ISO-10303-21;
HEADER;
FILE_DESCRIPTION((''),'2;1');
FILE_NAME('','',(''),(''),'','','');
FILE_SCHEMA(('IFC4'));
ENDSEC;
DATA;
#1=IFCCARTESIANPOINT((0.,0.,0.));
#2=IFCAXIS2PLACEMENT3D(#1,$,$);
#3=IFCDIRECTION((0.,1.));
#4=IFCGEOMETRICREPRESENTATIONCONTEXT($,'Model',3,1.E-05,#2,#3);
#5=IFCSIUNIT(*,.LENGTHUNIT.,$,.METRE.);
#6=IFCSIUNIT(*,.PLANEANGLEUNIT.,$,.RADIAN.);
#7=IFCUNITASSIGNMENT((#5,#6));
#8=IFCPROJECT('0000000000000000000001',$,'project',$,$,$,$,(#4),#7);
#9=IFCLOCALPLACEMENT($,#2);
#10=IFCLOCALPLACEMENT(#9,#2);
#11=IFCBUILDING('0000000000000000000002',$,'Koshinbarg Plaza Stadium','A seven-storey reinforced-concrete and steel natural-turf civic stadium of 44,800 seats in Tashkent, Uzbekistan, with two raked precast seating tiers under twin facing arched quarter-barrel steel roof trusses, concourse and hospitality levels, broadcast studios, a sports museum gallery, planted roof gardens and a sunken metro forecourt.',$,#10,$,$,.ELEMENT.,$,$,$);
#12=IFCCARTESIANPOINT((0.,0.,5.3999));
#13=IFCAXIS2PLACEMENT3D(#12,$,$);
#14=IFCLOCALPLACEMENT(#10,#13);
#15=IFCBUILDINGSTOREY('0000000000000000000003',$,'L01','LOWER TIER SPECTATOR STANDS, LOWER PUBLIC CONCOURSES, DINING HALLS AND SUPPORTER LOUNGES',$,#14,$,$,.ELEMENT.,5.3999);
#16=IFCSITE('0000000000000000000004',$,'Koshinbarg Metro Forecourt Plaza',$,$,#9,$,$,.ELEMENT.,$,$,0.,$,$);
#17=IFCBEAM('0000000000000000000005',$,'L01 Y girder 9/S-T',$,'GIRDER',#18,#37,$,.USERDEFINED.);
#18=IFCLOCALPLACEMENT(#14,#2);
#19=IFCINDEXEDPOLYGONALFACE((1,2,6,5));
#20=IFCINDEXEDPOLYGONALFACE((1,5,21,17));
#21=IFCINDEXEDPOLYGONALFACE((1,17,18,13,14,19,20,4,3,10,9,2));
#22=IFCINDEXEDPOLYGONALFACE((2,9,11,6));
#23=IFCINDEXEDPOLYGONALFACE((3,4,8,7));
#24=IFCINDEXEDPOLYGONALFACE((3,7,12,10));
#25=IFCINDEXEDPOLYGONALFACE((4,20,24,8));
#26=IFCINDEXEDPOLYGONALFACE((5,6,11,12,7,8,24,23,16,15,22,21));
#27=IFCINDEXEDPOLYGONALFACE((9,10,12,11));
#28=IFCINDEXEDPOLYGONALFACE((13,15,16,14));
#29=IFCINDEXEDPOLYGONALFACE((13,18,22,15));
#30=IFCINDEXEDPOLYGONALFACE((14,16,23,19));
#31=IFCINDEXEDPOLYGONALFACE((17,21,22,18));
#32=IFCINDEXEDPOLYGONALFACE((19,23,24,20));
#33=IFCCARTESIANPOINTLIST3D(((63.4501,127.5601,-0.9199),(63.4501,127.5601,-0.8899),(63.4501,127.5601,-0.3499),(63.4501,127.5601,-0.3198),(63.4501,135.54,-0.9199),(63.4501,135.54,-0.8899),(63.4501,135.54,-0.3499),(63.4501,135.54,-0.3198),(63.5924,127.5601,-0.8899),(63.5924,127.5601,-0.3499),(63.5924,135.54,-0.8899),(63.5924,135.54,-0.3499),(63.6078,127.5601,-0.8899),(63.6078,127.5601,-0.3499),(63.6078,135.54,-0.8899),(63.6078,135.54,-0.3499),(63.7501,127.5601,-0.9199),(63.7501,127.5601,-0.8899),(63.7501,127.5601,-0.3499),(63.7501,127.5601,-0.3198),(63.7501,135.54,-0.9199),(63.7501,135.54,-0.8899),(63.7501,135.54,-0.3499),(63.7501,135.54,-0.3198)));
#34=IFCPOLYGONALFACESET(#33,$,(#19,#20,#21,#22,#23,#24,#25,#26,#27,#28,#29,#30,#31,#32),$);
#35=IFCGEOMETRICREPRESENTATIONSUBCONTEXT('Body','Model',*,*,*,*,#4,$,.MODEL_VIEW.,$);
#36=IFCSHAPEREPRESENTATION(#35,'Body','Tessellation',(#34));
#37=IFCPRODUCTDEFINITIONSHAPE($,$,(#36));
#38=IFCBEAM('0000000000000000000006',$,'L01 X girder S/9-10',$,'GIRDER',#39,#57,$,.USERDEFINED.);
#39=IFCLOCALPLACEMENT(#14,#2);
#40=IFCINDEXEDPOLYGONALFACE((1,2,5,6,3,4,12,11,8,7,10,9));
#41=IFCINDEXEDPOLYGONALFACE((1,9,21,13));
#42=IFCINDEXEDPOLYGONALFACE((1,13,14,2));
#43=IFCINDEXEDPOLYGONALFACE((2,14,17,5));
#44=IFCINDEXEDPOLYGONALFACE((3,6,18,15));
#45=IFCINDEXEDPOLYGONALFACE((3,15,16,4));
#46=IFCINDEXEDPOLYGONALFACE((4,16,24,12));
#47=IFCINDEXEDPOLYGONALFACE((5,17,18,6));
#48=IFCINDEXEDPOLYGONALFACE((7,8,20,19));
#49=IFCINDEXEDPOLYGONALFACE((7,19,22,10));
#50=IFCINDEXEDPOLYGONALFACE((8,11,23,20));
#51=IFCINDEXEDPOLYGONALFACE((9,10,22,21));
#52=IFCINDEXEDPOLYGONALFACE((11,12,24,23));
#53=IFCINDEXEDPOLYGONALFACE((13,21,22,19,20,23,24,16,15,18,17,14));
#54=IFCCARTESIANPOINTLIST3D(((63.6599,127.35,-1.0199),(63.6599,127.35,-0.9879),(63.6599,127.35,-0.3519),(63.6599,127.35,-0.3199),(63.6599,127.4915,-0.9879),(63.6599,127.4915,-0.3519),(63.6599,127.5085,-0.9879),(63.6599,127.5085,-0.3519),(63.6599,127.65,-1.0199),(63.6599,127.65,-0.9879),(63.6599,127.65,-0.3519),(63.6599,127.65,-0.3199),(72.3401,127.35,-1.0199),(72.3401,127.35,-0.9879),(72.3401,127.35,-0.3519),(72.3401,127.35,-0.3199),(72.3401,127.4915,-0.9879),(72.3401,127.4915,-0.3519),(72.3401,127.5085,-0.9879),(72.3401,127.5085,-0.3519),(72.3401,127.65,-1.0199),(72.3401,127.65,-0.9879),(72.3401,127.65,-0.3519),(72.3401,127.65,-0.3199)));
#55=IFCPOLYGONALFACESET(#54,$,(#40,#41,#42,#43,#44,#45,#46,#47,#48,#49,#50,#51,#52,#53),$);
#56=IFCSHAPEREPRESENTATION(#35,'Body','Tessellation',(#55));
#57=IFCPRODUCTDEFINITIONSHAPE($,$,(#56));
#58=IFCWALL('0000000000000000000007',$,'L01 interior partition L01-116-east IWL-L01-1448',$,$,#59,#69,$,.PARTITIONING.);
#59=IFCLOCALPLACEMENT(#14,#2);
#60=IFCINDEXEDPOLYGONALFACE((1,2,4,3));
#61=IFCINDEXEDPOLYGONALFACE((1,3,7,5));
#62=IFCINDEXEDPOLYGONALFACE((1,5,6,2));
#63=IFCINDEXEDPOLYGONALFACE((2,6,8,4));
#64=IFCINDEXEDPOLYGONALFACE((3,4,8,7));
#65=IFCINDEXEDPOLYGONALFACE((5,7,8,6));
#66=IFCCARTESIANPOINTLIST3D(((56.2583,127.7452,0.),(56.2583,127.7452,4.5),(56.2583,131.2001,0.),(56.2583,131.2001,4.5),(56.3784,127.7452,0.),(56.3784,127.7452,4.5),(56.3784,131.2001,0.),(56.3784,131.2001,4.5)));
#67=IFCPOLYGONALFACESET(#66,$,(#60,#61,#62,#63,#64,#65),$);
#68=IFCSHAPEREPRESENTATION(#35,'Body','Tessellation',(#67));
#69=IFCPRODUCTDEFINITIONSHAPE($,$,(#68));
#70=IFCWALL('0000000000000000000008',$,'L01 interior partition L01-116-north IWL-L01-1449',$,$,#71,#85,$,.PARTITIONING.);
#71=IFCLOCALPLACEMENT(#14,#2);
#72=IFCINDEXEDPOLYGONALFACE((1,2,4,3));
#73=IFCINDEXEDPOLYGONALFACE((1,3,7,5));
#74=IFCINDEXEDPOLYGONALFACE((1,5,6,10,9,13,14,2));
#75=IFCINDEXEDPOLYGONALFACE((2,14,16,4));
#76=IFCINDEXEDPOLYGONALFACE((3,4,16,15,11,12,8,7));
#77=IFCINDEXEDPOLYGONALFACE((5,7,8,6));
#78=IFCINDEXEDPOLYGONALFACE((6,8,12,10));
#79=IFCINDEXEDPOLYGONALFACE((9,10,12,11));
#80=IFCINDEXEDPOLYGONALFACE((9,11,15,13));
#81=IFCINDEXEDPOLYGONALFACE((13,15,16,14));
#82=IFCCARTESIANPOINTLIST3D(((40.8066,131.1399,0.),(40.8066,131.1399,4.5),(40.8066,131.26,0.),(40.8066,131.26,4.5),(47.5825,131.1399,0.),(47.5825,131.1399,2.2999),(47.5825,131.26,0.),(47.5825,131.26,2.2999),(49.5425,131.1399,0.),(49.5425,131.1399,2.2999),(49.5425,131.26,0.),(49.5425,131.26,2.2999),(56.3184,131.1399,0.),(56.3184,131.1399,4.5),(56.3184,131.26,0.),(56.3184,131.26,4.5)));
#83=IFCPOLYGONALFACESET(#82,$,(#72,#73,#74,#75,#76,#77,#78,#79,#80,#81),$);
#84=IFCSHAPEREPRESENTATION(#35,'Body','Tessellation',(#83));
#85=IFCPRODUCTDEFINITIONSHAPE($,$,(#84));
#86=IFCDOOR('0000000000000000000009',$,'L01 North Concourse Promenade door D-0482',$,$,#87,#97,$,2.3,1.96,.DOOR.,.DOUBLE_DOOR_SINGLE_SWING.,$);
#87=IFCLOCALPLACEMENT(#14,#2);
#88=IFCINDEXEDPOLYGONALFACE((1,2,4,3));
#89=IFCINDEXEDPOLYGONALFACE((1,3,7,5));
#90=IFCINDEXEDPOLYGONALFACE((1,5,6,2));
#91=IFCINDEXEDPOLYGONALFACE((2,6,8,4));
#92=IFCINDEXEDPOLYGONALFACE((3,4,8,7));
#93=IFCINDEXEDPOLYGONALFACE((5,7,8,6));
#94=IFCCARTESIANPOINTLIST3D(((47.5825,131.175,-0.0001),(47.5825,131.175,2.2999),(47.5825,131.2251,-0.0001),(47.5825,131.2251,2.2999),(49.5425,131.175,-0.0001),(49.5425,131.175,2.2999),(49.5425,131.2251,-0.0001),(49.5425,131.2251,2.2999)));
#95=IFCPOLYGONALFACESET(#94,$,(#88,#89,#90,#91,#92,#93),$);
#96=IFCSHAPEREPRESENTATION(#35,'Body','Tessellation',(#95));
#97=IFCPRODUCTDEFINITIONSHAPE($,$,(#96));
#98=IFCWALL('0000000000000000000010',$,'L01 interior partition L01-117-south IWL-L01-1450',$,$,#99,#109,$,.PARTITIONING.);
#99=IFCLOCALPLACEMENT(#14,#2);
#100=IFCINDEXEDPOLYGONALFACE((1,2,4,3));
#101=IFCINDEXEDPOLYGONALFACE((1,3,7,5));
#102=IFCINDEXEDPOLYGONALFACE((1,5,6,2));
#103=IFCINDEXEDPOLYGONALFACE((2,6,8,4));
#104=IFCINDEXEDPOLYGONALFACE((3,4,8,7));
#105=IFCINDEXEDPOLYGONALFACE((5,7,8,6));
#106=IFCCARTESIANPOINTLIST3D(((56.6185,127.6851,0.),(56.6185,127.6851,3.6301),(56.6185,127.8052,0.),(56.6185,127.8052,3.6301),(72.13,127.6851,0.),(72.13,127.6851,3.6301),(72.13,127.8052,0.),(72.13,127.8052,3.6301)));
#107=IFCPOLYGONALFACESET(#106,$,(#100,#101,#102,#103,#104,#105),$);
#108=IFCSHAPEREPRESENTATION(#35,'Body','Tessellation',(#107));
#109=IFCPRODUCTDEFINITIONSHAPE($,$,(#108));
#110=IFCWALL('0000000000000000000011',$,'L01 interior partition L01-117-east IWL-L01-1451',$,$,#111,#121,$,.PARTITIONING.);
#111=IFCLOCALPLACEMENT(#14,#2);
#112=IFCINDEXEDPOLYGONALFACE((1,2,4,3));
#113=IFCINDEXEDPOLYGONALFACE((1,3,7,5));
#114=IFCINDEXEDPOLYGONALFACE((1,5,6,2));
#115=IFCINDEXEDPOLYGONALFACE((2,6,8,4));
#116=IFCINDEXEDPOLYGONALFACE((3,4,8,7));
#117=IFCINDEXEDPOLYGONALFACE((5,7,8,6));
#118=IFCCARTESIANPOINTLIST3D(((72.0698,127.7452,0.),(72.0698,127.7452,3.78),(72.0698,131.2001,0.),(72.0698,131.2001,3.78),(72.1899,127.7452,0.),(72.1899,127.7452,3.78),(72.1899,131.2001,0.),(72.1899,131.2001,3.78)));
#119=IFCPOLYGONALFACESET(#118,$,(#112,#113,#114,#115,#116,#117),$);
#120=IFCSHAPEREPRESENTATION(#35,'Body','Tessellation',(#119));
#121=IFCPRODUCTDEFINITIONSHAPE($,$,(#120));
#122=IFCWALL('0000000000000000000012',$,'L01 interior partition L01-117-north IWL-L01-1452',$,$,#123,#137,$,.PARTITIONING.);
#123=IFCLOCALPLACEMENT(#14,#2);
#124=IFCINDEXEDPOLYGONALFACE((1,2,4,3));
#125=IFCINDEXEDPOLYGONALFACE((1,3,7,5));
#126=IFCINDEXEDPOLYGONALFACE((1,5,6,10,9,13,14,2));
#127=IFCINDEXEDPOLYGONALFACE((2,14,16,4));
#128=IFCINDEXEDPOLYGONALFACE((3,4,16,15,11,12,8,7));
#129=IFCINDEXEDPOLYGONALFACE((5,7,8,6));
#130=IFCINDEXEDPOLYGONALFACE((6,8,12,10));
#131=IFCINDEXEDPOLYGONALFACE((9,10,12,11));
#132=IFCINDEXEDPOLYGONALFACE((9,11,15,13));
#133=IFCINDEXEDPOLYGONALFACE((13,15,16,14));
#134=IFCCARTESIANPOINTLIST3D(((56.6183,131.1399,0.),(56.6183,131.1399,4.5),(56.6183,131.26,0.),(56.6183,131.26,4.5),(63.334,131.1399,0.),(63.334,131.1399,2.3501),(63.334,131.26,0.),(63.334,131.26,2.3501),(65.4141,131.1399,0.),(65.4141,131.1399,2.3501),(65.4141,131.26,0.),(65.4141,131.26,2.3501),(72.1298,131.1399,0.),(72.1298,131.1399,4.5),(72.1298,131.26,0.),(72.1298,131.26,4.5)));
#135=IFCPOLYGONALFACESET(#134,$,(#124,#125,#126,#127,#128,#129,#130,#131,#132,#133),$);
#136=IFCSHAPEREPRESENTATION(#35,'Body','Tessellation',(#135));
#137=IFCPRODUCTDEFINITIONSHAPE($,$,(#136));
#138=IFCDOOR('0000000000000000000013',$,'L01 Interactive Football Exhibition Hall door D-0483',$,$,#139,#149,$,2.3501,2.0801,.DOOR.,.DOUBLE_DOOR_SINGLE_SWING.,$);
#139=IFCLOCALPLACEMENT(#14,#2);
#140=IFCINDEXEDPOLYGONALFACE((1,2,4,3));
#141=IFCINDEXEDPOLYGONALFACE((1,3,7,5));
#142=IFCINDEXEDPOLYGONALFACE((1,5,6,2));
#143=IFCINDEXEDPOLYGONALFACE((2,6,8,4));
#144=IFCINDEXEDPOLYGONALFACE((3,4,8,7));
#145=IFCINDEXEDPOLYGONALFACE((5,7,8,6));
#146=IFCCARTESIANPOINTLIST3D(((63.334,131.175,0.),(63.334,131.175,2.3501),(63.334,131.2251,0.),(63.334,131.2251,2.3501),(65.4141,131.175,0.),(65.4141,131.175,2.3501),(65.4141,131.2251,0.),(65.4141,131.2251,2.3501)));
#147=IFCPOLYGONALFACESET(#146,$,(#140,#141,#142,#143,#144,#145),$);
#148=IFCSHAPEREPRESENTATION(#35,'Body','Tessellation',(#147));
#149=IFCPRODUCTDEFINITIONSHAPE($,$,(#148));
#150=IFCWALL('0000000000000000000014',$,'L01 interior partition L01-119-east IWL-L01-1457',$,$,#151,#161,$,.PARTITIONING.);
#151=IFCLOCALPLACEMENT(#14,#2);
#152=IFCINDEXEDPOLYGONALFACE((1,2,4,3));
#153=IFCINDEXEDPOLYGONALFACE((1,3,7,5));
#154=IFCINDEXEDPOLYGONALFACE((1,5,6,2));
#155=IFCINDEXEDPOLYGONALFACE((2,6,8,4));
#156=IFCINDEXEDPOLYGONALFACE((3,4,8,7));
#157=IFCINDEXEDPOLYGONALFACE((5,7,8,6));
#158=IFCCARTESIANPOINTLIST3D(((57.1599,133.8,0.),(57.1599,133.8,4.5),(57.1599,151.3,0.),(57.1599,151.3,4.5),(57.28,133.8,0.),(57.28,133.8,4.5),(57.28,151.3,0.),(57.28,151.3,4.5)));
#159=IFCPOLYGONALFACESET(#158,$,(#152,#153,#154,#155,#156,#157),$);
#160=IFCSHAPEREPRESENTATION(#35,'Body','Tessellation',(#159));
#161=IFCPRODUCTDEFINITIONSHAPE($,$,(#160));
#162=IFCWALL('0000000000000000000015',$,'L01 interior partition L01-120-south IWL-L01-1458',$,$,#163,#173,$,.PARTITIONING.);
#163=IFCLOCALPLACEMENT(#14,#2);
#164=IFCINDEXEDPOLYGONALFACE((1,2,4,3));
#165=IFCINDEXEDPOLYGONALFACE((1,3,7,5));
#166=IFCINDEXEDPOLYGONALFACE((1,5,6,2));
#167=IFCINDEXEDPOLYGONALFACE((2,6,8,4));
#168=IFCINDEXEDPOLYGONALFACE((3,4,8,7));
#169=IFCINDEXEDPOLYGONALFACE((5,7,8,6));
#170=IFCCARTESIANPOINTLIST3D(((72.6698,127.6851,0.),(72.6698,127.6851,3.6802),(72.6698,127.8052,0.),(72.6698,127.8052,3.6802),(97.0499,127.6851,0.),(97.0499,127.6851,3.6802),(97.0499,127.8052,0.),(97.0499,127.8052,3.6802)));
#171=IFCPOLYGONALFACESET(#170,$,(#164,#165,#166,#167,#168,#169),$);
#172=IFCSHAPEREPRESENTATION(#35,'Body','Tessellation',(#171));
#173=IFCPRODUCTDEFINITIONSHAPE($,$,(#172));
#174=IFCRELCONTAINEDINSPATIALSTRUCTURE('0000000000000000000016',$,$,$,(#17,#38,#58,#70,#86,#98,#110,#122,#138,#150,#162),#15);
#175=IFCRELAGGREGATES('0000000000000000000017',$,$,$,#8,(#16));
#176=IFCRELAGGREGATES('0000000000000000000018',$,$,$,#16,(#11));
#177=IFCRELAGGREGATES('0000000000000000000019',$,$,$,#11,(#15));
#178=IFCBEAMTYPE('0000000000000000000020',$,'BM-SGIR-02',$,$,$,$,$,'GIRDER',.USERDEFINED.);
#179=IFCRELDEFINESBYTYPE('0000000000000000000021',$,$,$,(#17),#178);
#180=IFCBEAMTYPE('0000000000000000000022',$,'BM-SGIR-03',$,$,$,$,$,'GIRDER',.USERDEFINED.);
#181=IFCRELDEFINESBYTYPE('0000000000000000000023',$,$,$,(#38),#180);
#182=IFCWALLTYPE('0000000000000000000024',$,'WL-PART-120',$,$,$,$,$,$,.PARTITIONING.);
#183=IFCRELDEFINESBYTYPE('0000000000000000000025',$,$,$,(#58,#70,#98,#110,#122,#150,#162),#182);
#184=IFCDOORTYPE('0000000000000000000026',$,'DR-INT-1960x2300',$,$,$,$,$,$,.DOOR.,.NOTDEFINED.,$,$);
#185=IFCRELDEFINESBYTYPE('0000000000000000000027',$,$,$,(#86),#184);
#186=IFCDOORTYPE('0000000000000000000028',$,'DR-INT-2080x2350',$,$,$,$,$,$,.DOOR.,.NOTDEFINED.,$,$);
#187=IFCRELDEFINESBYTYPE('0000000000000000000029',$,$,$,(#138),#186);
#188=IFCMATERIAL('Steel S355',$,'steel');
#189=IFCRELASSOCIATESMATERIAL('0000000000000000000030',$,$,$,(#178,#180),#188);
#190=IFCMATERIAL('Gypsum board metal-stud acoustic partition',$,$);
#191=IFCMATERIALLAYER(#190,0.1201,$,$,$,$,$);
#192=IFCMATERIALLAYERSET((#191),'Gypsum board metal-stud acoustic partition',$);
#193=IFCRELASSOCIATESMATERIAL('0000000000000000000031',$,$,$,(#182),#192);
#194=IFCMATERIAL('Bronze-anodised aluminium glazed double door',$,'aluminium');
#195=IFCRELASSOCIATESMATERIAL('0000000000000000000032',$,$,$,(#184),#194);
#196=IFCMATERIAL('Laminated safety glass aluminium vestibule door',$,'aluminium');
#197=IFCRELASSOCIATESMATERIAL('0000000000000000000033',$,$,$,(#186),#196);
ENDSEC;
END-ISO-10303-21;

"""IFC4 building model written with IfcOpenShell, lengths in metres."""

from ifc_helpers import new_model, si_unit, direction, frame, frame_2d, origin, origin_2d, place, context, subcontext, project, spatial, rectangle, i_section, extrude, material, layer, layer_set, material_profile, profile_set, type_object, element, fill, save


model = new_model("IFC4")

# Units and contexts
model_context = context("Model", 3, precision=1e-05, world=origin(), true_north=direction((0.0, 1.0)))
body_context = subcontext(model_context, "Body", "Model", "MODEL_VIEW")
ifc_project = project(units=[si_unit("LENGTHUNIT", "METRE"), si_unit("PLANEANGLEUNIT", "RADIAN")], contexts=[model_context])

# Site, building, storey
site_placement = place(None, origin())
site = spatial("IfcSite", under=ifc_project, at=site_placement, Name="Koshinbarg Metro Forecourt Plaza", CompositionType="ELEMENT", RefElevation=0.0)
building_placement = place(site_placement, origin())
building = spatial("IfcBuilding", under=site, at=building_placement, Name="Koshinbarg Plaza Stadium", Description="A seven-storey reinforced-concrete and steel natural-turf civic stadium of 44,800 seats in Tashkent, Uzbekistan, with two raked precast seating tiers under twin facing arched quarter-barrel steel roof trusses, concourse and hospitality levels, broadcast studios, a sports museum gallery, planted roof gardens and a sunken metro forecourt.", CompositionType="ELEMENT")
storey_placement = place(building_placement, frame((0.0, 0.0, 5.3999)))
storey = spatial("IfcBuildingStorey", under=building, at=storey_placement, Name="L01", Description="LOWER TIER SPECTATOR STANDS, LOWER PUBLIC CONCOURSES, DINING HALLS AND SUPPORTER LOUNGES", CompositionType="ELEMENT", Elevation=5.3999)

# Beams
ifc_material_1 = material(Name="Steel S355", Category="steel")
ifc_material_profile_1 = material_profile(ifc_material_1, i_section(OverallWidth=0.3, OverallDepth=0.6001, WebThickness=0.0154, FlangeThickness=0.03, at=origin_2d()), Name="HEB 600")
ifc_profile_set_1 = profile_set([ifc_material_profile_1], Name="Steel S355")
beam_type_1 = type_object("IfcBeamType", Name="BM-SGIR-02", ElementType="GIRDER", PredefinedType="USERDEFINED", material=ifc_profile_set_1)
beam_1_placement = place(storey_placement, frame((63.6001, 127.5601, -0.6199), z_axis=(0.0, 1.0, 0.0), x_axis=(-1.0, 0.0, 0.0)))
element("IfcBeam", 1, at=beam_1_placement, inside=storey, type_object=beam_type_1, Name="L01 Y girder 9/S-T", ObjectType="GIRDER", PredefinedType="USERDEFINED", context=body_context, shape_type="SweptSolid", body=[
    extrude(i_section(OverallWidth=0.3, OverallDepth=0.6001, WebThickness=0.0154, FlangeThickness=0.03, at=origin_2d()), origin(), (0.0, 0.0, 1.0), 7.98),
])
ifc_material_profile_2 = material_profile(ifc_material_1, i_section(OverallWidth=0.3, OverallDepth=0.7, WebThickness=0.0171, FlangeThickness=0.032, at=origin_2d()), Name="HEB 700")
ifc_profile_set_2 = profile_set([ifc_material_profile_2], Name="Steel S355")
beam_type_2 = type_object("IfcBeamType", Name="BM-SGIR-03", ElementType="GIRDER", PredefinedType="USERDEFINED", material=ifc_profile_set_2)
beam_2_placement = place(storey_placement, frame((63.6599, 127.5, -0.6699), z_axis=(1.0, 0.0, 0.0), x_axis=(0.0, 1.0, 0.0)))
element("IfcBeam", 2, at=beam_2_placement, inside=storey, type_object=beam_type_2, Name="L01 X girder S/9-10", ObjectType="GIRDER", PredefinedType="USERDEFINED", context=body_context, shape_type="SweptSolid", body=[
    extrude(i_section(OverallWidth=0.3, OverallDepth=0.7, WebThickness=0.0171, FlangeThickness=0.032, at=origin_2d()), origin(), (0.0, 0.0, 1.0), 8.6802),
])

# Wall
ifc_material_2 = material(Name="Gypsum board metal-stud acoustic partition")
ifc_layer = layer(ifc_material_2, 0.1201)
ifc_layer_set = layer_set([ifc_layer], Name="Gypsum board metal-stud acoustic partition")
wall_type = type_object("IfcWallType", Name="WL-PART-120", PredefinedType="PARTITIONING", material=ifc_layer_set)
wall_1_placement = place(storey_placement, frame((56.3184, 127.7451, 0.0), z_axis=(0.0, 0.0, 1.0), x_axis=(0.0, 1.0, 0.0)))
element("IfcWall", 3, at=wall_1_placement, inside=storey, type_object=wall_type, Name="L01 interior partition L01-116-east IWL-L01-1448", PredefinedType="PARTITIONING", context=body_context, shape_type="SweptSolid", body=[
    extrude(rectangle(XDim=3.4548, YDim=0.1201, at=frame_2d((1.7275, 0.0))), origin(), (0.0, 0.0, 1.0), 4.5),
])

# Wall, opening, door
wall_2_placement = place(storey_placement, frame((56.3184, 131.2, 0.0), z_axis=(0.0, 0.0, 1.0), x_axis=(-1.0, 0.0, 0.0)))
wall_2 = element("IfcWall", 4, at=wall_2_placement, inside=storey, type_object=wall_type, Name="L01 interior partition L01-116-north IWL-L01-1449", PredefinedType="PARTITIONING", context=body_context, shape_type="SweptSolid", body=[
    extrude(rectangle(XDim=15.5117, YDim=0.1201, at=frame_2d((7.7559, 0.0))), origin(), (0.0, 0.0, 1.0), 4.5),
])
opening_1_placement = place(wall_2_placement, frame((6.7759, 0.0, 0.0)))
opening_1 = element("IfcOpeningElement", 5, at=opening_1_placement, cuts=wall_2, PredefinedType="OPENING", context=body_context, shape_type="SweptSolid", body=[
    extrude(rectangle(XDim=1.96, YDim=2.3, at=frame_2d((0.98, 1.1499))), frame((0.0, 0.0701, 0.0), z_axis=(0.0, -1.0, 0.0), x_axis=(1.0, 0.0, 0.0)), (0.0, 0.0, 1.0), 0.1401),
])
ifc_material_3 = material(Name="Bronze-anodised aluminium glazed double door", Category="aluminium")
door_type_1 = type_object("IfcDoorType", Name="DR-INT-1960x2300", OperationType="NOTDEFINED", PredefinedType="DOOR", material=ifc_material_3)
door_1_placement = place(opening_1_placement, origin())
door_1 = element("IfcDoor", 6, at=door_1_placement, inside=storey, type_object=door_type_1, Name="L01 North Concourse Promenade door D-0482", OperationType="DOUBLE_DOOR_SINGLE_SWING", OverallHeight=2.3, OverallWidth=1.96, PredefinedType="DOOR", context=body_context, shape_type="SweptSolid", body=[
    extrude(rectangle(XDim=1.96, YDim=2.3, at=frame_2d((0.98, 1.1499))), frame((0.0, 0.0249, 0.0), z_axis=(0.0, -1.0, 0.0), x_axis=(1.0, 0.0, 0.0)), (0.0, 0.0, 1.0), 0.05),
])
fill(opening_1, door_1)

# Walls
wall_3_placement = place(storey_placement, frame((56.6184, 127.7451, 0.0), z_axis=(0.0, 0.0, 1.0), x_axis=(1.0, 0.0, 0.0)))
element("IfcWall", 7, at=wall_3_placement, inside=storey, type_object=wall_type, Name="L01 interior partition L01-117-south IWL-L01-1450", PredefinedType="PARTITIONING", context=body_context, shape_type="SweptSolid", body=[
    extrude(rectangle(XDim=15.5115, YDim=0.1201, at=frame_2d((7.7559, 0.0))), origin(), (0.0, 0.0, 1.0), 3.6301),
])
wall_4_placement = place(storey_placement, frame((72.1299, 127.7451, 0.0), z_axis=(0.0, 0.0, 1.0), x_axis=(0.0, 1.0, 0.0)))
element("IfcWall", 8, at=wall_4_placement, inside=storey, type_object=wall_type, Name="L01 interior partition L01-117-east IWL-L01-1451", PredefinedType="PARTITIONING", context=body_context, shape_type="SweptSolid", body=[
    extrude(rectangle(XDim=3.4548, YDim=0.1201, at=frame_2d((1.7275, 0.0))), origin(), (0.0, 0.0, 1.0), 3.78),
])

# Wall, opening, door
wall_5_placement = place(storey_placement, frame((72.1299, 131.2, 0.0), z_axis=(0.0, 0.0, 1.0), x_axis=(-1.0, 0.0, 0.0)))
wall_5 = element("IfcWall", 9, at=wall_5_placement, inside=storey, type_object=wall_type, Name="L01 interior partition L01-117-north IWL-L01-1452", PredefinedType="PARTITIONING", context=body_context, shape_type="SweptSolid", body=[
    extrude(rectangle(XDim=15.5115, YDim=0.1201, at=frame_2d((7.7559, 0.0))), origin(), (0.0, 0.0, 1.0), 4.5),
])
opening_2_placement = place(wall_5_placement, frame((6.7158, 0.0, 0.0)))
opening_2 = element("IfcOpeningElement", 10, at=opening_2_placement, cuts=wall_5, PredefinedType="OPENING", context=body_context, shape_type="SweptSolid", body=[
    extrude(rectangle(XDim=2.0801, YDim=2.3501, at=frame_2d((1.04, 1.175))), frame((0.0, 0.0701, 0.0), z_axis=(0.0, -1.0, 0.0), x_axis=(1.0, 0.0, 0.0)), (0.0, 0.0, 1.0), 0.1401),
])
ifc_material_4 = material(Name="Laminated safety glass aluminium vestibule door", Category="aluminium")
door_type_2 = type_object("IfcDoorType", Name="DR-INT-2080x2350", OperationType="NOTDEFINED", PredefinedType="DOOR", material=ifc_material_4)
door_2_placement = place(opening_2_placement, origin())
door_2 = element("IfcDoor", 11, at=door_2_placement, inside=storey, type_object=door_type_2, Name="L01 Interactive Football Exhibition Hall door D-0483", OperationType="DOUBLE_DOOR_SINGLE_SWING", OverallHeight=2.3501, OverallWidth=2.0801, PredefinedType="DOOR", context=body_context, shape_type="SweptSolid", body=[
    extrude(rectangle(XDim=2.0801, YDim=2.3501, at=frame_2d((1.04, 1.175))), frame((0.0, 0.0249, 0.0), z_axis=(0.0, -1.0, 0.0), x_axis=(1.0, 0.0, 0.0)), (0.0, 0.0, 1.0), 0.05),
])
fill(opening_2, door_2)

# Walls
wall_6_placement = place(storey_placement, frame((57.22, 133.8, 0.0), z_axis=(0.0, 0.0, 1.0), x_axis=(0.0, 1.0, 0.0)))
element("IfcWall", 12, at=wall_6_placement, inside=storey, type_object=wall_type, Name="L01 interior partition L01-119-east IWL-L01-1457", PredefinedType="PARTITIONING", context=body_context, shape_type="SweptSolid", body=[
    extrude(rectangle(XDim=17.5, YDim=0.1201, at=frame_2d((8.75, 0.0))), origin(), (0.0, 0.0, 1.0), 4.5),
])
wall_7_placement = place(storey_placement, frame((72.6699, 127.7451, 0.0), z_axis=(0.0, 0.0, 1.0), x_axis=(1.0, 0.0, 0.0)))
element("IfcWall", 13, at=wall_7_placement, inside=storey, type_object=wall_type, Name="L01 interior partition L01-120-south IWL-L01-1458", PredefinedType="PARTITIONING", context=body_context, shape_type="SweptSolid", body=[
    extrude(rectangle(XDim=24.3801, YDim=0.1201, at=frame_2d((12.1899, 0.0))), origin(), (0.0, 0.0, 1.0), 3.6802),
])

save(model, "model.ifc")
